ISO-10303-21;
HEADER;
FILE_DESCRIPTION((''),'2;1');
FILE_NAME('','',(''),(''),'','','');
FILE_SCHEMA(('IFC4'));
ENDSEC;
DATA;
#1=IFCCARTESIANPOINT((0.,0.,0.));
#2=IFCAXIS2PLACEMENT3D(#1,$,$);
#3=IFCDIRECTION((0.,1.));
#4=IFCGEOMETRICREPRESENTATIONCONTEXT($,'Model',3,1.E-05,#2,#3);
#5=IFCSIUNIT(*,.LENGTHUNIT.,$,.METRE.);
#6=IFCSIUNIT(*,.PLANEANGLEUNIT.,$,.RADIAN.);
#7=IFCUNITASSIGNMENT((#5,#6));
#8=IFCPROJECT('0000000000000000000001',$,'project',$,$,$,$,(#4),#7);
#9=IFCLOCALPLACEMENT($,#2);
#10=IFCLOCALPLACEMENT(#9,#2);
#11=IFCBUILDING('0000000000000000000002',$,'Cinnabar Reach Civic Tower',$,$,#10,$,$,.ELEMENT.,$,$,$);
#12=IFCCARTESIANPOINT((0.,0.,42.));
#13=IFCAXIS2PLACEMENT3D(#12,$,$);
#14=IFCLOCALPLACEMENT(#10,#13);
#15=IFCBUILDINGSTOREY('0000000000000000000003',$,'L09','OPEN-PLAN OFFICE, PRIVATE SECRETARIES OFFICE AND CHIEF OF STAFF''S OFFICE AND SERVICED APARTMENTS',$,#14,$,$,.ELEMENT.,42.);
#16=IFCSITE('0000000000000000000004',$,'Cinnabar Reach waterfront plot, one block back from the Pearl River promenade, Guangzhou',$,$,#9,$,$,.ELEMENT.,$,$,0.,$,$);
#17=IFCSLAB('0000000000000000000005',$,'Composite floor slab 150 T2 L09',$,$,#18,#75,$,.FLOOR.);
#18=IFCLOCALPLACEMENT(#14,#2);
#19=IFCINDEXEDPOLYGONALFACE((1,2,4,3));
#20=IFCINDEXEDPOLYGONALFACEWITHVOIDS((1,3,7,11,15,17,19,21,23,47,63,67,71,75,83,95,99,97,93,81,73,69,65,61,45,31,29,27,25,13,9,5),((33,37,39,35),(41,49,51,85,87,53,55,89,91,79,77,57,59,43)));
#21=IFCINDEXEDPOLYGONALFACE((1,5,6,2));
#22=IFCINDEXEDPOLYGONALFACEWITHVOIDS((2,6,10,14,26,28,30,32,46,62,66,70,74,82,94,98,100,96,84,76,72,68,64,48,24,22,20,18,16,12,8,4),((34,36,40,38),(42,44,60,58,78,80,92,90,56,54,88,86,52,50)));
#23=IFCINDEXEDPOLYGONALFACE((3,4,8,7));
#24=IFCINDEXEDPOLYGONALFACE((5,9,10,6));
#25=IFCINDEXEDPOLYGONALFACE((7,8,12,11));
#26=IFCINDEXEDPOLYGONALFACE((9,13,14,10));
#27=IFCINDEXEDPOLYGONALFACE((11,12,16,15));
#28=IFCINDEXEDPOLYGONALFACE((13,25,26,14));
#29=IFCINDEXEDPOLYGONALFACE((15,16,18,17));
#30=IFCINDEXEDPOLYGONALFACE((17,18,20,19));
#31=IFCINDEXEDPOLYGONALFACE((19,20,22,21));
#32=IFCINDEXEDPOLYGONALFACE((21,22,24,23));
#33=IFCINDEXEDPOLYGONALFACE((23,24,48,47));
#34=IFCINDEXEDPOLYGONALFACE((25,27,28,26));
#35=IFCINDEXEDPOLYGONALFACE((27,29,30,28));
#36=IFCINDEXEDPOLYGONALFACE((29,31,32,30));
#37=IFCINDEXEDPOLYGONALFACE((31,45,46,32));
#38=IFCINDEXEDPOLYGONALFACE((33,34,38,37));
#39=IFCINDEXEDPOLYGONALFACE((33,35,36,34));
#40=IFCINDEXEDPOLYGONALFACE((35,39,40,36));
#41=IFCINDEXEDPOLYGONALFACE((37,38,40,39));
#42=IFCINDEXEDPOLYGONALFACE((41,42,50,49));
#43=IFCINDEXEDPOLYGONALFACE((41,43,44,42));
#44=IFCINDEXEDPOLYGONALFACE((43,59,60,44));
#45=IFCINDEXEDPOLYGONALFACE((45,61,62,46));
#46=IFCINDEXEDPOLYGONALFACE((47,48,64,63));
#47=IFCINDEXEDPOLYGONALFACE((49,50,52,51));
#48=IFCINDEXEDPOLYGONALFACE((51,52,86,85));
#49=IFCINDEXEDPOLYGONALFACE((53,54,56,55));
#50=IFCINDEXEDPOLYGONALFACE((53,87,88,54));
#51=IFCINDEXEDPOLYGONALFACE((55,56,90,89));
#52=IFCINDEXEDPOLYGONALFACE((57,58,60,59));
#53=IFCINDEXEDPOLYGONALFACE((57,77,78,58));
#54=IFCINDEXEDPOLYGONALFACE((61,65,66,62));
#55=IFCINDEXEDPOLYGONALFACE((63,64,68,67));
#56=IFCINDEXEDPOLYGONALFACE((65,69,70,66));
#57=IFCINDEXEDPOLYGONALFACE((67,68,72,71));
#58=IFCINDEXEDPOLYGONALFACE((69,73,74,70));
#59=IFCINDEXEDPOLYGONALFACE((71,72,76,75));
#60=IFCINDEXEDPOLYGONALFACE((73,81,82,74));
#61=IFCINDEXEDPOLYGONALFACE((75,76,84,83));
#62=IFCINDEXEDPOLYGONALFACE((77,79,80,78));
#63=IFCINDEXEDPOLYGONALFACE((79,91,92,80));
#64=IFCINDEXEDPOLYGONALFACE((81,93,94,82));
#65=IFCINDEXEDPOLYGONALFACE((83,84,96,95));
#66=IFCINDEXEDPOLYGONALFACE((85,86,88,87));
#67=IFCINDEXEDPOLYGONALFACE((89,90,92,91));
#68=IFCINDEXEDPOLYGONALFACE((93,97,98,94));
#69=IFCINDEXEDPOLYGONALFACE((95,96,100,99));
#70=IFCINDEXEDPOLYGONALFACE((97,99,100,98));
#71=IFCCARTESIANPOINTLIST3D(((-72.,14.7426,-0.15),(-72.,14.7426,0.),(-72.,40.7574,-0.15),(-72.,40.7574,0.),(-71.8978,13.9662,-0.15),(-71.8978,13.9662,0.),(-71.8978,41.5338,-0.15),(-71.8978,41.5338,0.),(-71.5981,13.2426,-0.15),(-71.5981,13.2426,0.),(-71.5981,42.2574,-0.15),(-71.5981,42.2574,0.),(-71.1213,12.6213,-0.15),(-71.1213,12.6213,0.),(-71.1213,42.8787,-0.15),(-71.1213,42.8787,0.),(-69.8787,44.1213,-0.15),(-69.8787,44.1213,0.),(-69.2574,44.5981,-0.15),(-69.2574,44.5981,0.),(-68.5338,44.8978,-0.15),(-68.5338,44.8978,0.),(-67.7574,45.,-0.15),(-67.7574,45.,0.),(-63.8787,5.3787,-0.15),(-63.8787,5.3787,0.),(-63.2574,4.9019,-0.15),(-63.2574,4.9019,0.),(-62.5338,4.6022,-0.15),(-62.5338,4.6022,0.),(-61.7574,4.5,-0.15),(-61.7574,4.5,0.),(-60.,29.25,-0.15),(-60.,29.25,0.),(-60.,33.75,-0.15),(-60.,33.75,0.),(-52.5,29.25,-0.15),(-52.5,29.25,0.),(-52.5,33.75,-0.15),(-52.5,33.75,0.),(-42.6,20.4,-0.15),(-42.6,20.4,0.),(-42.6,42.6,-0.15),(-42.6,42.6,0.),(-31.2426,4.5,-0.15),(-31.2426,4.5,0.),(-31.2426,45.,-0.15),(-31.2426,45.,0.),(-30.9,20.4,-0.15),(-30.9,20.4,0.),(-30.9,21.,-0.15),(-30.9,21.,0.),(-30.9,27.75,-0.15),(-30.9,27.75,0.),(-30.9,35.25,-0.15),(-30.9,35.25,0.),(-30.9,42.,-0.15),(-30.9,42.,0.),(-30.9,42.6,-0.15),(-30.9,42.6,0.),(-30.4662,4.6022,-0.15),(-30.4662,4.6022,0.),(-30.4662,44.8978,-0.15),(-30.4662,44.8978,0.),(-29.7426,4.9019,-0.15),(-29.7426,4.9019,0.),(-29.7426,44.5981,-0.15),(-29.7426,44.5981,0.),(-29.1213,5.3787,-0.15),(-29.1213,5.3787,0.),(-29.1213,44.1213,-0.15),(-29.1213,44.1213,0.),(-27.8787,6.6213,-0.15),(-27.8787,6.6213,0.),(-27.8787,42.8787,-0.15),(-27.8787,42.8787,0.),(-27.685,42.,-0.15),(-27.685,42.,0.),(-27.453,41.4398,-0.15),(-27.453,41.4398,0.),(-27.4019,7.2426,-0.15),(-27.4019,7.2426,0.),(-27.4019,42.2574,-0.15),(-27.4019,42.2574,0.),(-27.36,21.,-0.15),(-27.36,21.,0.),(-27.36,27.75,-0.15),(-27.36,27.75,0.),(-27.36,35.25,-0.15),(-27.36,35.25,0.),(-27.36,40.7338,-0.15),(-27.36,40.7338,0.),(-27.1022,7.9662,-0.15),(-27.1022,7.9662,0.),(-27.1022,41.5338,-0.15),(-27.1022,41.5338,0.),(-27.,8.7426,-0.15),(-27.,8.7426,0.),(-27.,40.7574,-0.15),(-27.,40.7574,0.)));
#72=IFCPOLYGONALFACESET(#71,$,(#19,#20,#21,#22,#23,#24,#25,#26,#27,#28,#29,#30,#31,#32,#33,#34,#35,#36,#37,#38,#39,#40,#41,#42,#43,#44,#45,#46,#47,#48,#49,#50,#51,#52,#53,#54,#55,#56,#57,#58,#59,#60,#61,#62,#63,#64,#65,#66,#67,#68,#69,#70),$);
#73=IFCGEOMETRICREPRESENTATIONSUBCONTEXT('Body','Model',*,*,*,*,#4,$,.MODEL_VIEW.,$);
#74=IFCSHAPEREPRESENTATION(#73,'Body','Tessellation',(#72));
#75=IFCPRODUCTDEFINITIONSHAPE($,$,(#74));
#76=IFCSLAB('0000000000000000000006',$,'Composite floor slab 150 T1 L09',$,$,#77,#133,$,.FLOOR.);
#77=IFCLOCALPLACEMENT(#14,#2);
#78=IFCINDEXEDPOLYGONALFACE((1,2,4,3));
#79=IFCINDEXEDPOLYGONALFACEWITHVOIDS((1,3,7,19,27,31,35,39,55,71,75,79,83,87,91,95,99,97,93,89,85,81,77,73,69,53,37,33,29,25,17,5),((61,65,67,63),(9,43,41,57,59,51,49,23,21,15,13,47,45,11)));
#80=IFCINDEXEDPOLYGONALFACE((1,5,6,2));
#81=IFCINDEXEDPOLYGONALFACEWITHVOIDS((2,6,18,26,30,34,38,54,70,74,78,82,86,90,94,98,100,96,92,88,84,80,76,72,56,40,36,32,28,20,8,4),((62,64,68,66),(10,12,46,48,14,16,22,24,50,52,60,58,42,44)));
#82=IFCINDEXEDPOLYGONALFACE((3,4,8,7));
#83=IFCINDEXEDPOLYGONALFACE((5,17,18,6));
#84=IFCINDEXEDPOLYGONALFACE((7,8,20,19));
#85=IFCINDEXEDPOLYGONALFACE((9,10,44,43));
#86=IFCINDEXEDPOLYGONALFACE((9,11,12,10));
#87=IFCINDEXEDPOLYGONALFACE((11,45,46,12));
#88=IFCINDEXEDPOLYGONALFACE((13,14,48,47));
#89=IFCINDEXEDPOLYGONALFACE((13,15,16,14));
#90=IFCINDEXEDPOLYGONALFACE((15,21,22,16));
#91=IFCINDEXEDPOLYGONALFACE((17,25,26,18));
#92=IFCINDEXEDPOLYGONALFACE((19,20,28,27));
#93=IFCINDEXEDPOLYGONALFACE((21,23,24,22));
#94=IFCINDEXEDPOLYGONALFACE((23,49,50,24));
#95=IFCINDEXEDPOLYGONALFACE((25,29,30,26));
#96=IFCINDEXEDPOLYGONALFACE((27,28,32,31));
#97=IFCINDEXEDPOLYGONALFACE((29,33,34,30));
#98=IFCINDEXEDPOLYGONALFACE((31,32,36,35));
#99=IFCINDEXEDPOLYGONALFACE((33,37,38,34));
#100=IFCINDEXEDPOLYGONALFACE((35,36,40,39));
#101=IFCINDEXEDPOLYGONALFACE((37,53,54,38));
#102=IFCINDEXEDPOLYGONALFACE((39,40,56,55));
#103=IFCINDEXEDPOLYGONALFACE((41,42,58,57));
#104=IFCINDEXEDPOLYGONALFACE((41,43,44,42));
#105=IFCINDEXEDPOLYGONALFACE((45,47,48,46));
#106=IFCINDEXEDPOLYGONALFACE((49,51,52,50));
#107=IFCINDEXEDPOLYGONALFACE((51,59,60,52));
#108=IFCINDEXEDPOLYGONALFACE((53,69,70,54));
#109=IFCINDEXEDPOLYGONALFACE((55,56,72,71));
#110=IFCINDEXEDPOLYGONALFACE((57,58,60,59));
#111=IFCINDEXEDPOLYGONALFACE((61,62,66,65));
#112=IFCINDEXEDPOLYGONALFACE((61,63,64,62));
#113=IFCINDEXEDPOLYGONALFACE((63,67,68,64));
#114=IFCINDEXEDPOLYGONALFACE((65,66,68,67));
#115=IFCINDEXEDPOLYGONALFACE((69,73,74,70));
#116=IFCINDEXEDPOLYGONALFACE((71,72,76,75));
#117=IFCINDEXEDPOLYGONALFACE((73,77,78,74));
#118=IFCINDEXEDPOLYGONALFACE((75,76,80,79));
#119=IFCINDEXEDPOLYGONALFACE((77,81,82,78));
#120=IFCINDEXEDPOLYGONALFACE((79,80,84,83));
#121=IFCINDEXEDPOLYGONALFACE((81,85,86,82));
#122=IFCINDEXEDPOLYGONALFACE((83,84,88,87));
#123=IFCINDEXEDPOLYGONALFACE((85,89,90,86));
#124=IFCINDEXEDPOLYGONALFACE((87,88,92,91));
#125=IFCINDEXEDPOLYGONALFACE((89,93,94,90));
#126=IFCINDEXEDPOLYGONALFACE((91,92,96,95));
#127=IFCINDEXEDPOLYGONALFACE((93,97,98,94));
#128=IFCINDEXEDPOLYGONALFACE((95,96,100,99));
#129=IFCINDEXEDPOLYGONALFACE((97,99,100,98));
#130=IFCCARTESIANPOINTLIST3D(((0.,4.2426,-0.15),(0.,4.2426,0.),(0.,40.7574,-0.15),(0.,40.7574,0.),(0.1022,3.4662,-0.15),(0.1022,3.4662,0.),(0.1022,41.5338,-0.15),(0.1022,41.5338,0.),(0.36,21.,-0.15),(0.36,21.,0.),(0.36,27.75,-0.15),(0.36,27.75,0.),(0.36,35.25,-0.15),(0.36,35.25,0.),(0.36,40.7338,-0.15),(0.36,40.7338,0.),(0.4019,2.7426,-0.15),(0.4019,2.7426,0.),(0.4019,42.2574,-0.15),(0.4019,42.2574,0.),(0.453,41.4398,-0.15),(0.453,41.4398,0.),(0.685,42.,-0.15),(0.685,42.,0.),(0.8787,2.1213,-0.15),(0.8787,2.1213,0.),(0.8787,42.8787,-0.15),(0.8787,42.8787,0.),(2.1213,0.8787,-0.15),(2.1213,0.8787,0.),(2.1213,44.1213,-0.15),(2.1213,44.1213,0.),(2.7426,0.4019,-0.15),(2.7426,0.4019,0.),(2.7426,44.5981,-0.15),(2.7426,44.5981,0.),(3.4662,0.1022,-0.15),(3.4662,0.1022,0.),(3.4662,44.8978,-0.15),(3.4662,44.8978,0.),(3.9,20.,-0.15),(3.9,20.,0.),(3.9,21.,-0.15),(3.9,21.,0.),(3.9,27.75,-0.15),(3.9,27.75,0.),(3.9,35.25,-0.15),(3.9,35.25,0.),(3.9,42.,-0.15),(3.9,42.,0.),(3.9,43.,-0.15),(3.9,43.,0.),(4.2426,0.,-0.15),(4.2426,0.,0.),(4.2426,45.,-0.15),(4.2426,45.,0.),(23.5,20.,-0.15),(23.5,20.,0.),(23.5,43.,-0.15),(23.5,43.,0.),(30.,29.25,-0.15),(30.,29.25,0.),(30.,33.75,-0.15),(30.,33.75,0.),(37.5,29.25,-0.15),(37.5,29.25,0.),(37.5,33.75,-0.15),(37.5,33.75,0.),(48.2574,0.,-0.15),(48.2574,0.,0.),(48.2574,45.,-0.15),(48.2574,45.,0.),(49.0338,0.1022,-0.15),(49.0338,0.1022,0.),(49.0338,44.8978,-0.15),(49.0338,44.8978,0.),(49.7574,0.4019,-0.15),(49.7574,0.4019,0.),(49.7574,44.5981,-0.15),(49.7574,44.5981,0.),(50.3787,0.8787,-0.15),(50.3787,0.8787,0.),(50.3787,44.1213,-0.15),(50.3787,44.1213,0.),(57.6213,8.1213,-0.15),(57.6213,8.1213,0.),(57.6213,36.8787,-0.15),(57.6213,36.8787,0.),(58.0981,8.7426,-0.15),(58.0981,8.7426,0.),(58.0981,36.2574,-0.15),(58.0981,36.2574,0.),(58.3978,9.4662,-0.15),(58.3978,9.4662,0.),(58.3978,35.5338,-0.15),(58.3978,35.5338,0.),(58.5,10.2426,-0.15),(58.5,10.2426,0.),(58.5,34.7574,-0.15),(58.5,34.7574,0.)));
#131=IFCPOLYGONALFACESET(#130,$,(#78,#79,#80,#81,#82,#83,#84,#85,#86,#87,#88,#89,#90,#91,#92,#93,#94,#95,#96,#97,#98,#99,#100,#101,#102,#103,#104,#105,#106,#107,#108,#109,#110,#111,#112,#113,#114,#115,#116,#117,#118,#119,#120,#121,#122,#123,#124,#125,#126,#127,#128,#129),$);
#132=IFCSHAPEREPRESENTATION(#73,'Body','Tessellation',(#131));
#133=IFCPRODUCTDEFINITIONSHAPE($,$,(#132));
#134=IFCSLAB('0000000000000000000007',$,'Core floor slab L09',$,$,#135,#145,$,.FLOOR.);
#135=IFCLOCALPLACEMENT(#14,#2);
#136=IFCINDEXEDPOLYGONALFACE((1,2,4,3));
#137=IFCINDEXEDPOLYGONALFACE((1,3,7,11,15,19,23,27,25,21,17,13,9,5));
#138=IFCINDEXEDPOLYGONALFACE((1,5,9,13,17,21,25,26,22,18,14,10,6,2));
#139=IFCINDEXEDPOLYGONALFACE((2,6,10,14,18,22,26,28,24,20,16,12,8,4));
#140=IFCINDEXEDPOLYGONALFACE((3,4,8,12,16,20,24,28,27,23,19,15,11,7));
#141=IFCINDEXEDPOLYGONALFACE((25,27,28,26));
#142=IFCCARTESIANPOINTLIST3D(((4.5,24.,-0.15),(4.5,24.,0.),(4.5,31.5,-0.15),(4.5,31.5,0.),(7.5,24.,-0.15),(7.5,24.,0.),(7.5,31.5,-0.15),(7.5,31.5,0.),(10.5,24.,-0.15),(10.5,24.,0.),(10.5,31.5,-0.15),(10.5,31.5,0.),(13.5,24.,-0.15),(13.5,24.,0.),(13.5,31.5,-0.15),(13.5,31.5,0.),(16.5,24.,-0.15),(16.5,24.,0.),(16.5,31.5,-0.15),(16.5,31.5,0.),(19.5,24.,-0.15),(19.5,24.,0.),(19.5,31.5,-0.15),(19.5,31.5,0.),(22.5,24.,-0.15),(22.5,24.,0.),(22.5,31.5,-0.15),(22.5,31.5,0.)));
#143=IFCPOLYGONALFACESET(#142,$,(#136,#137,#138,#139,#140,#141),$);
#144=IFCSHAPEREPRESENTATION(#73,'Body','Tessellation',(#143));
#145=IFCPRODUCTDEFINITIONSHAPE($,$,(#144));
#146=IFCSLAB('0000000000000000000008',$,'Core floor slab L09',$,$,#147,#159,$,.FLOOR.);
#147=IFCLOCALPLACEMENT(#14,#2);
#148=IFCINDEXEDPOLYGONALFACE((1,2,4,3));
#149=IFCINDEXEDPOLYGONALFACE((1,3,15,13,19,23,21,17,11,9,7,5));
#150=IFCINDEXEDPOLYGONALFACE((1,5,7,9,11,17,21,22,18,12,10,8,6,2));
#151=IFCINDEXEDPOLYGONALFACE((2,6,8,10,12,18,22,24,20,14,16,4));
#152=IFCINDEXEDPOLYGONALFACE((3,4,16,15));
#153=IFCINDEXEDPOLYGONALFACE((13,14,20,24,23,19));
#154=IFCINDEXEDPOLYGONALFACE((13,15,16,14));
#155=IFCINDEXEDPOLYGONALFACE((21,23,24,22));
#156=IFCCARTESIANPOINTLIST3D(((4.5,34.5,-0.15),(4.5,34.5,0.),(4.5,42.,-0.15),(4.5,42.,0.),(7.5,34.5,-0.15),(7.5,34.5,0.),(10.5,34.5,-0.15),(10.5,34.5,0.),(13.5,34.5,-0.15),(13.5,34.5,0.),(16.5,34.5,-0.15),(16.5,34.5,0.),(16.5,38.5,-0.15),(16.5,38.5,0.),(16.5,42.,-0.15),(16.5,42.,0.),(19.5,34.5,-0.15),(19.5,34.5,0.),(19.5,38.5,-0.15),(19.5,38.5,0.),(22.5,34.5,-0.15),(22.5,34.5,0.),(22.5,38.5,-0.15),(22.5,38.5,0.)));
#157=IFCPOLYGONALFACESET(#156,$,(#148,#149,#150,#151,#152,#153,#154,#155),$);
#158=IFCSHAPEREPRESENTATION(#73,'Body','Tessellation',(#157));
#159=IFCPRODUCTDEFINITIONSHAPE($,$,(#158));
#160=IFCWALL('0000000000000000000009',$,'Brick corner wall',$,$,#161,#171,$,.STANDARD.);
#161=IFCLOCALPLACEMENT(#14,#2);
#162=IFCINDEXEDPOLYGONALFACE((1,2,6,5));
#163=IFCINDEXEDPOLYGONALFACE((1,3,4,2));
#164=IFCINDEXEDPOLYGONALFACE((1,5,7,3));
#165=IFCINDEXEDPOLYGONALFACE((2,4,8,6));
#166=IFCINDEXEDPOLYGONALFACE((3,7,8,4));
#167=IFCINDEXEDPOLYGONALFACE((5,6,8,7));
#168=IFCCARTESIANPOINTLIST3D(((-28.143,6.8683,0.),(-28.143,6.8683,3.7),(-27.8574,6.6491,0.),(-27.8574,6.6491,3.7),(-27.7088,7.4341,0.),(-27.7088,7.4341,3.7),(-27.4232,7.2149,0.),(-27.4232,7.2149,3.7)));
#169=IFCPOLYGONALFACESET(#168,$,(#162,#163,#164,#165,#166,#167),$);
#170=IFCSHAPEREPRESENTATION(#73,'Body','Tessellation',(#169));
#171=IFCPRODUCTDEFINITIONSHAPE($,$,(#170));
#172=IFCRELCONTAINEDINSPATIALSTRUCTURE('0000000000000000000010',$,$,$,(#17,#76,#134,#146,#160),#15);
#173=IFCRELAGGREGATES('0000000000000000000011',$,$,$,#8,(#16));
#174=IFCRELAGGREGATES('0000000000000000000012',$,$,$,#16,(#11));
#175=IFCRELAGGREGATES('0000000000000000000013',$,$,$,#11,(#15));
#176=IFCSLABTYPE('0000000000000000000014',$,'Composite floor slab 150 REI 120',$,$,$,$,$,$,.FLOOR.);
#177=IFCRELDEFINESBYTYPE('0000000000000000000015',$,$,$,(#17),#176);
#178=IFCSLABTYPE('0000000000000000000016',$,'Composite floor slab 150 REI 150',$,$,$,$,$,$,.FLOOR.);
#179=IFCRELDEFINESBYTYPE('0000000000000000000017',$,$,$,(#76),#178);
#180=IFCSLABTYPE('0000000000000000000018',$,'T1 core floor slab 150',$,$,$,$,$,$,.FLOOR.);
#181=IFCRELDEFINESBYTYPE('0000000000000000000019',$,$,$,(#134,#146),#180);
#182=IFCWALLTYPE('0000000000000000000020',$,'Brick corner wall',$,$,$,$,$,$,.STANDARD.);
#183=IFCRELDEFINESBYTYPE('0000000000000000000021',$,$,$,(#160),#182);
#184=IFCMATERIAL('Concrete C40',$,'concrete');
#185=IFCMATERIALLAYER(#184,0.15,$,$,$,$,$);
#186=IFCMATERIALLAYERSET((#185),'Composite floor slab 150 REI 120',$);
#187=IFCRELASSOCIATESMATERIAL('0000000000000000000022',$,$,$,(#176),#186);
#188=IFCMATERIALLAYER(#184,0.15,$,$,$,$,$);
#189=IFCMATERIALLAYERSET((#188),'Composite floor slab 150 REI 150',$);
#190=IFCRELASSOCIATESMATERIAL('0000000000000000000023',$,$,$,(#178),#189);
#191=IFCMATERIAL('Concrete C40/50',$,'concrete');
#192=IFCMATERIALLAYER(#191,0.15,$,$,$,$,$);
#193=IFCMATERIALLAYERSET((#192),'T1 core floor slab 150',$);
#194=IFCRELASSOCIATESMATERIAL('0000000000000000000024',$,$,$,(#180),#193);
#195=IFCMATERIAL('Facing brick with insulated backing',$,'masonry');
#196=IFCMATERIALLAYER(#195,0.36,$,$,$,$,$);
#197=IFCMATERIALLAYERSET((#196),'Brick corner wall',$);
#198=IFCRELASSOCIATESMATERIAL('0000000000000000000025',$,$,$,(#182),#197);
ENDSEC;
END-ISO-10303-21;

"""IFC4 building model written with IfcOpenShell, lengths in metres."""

from ifc_helpers import new_model, si_unit, direction, frame, frame_2d, origin, place, context, subcontext, project, spatial, polyline, rectangle, outline, extrude, material, layer, layer_set, type_object, element, save


model = new_model("IFC4")

# Units and contexts
model_context = context("Model", 3, precision=1e-05, world=origin(), true_north=direction((0.0, 1.0)))
body_context = subcontext(model_context, "Body", "Model", "MODEL_VIEW")
ifc_project = project(units=[si_unit("LENGTHUNIT", "METRE"), si_unit("PLANEANGLEUNIT", "RADIAN")], contexts=[model_context])

# Site, building, storey
site_placement = place(None, origin())
site = spatial("IfcSite", under=ifc_project, at=site_placement, Name="Cinnabar Reach waterfront plot, one block back from the Pearl River promenade, Guangzhou", CompositionType="ELEMENT", RefElevation=0.0)
building_placement = place(site_placement, origin())
building = spatial("IfcBuilding", under=site, at=building_placement, Name="Cinnabar Reach Civic Tower", CompositionType="ELEMENT")
storey_placement = place(building_placement, frame((0.0, 0.0, 42.0)))
storey = spatial("IfcBuildingStorey", under=building, at=storey_placement, Name="L09", Description="OPEN-PLAN OFFICE, PRIVATE SECRETARIES OFFICE AND CHIEF OF STAFF'S OFFICE AND SERVICED APARTMENTS", CompositionType="ELEMENT", Elevation=42.0)

# Shared definitions
ifc_material_1 = material(Name="Concrete C40", Category="concrete")

# Slabs
ifc_layer_1 = layer(ifc_material_1, 0.15)
ifc_layer_set_1 = layer_set([ifc_layer_1], Name="Composite floor slab 150 REI 120")
slab_type_1 = type_object("IfcSlabType", Name="Composite floor slab 150 REI 120", PredefinedType="FLOOR", material=ifc_layer_set_1)
slab_1_placement = place(storey_placement, frame((0.0, 0.0, -0.15)))
element("IfcSlab", 1, at=slab_1_placement, inside=storey, type_object=slab_type_1, Name="Composite floor slab 150 T2 L09", PredefinedType="FLOOR", context=body_context, shape_type="SweptSolid", body=[
    extrude(outline(polyline([(-71.1213, 12.6213), (-71.5981, 13.2426), (-71.8978, 13.9662), (-72.0, 14.7426), (-72.0, 40.7574), (-71.8978, 41.5338), (-71.5981, 42.2574), (-71.1213, 42.8787), (-69.8787, 44.1213), (-69.2574, 44.5981), (-68.5338, 44.8978), (-67.7574, 45.0), (-31.2426, 45.0), (-30.4662, 44.8978), (-29.7426, 44.5981), (-29.1213, 44.1213), (-27.8787, 42.8787), (-27.4019, 42.2574), (-27.1022, 41.5338), (-27.0, 40.7574), (-27.0, 8.7426), (-27.1022, 7.9662), (-27.4019, 7.2426), (-27.8787, 6.6213), (-29.1213, 5.3787), (-29.7426, 4.9019), (-30.4662, 4.6022), (-31.2426, 4.5), (-61.7574, 4.5), (-62.5338, 4.6022), (-63.2574, 4.9019), (-63.8787, 5.3787), (-71.1213, 12.6213)]), holes=[polyline([(-30.9, 27.75), (-30.9, 35.25), (-27.36, 35.25), (-27.36, 40.7338), (-27.453, 41.4398), (-27.685, 42.0), (-30.9, 42.0), (-30.9, 42.6), (-42.6, 42.6), (-42.6, 20.4), (-30.9, 20.4), (-30.9, 21.0), (-27.36, 21.0), (-27.36, 27.75), (-30.9, 27.75)]), polyline([(-60.0, 33.75), (-60.0, 29.25), (-52.5, 29.25), (-52.5, 33.75), (-60.0, 33.75)])]), origin(), (0.0, 0.0, 1.0), 0.15),
])
ifc_layer_2 = layer(ifc_material_1, 0.15)
ifc_layer_set_2 = layer_set([ifc_layer_2], Name="Composite floor slab 150 REI 150")
slab_type_2 = type_object("IfcSlabType", Name="Composite floor slab 150 REI 150", PredefinedType="FLOOR", material=ifc_layer_set_2)
slab_2_placement = place(storey_placement, frame((0.0, 0.0, -0.15)))
element("IfcSlab", 2, at=slab_2_placement, inside=storey, type_object=slab_type_2, Name="Composite floor slab 150 T1 L09", PredefinedType="FLOOR", context=body_context, shape_type="SweptSolid", body=[
    extrude(outline(polyline([(0.8787, 2.1213), (0.4019, 2.7426), (0.1022, 3.4662), (0.0, 4.2426), (0.0, 40.7574), (0.1022, 41.5338), (0.4019, 42.2574), (0.8787, 42.8787), (2.1213, 44.1213), (2.7426, 44.5981), (3.4662, 44.8978), (4.2426, 45.0), (48.2574, 45.0), (49.0338, 44.8978), (49.7574, 44.5981), (50.3787, 44.1213), (57.6213, 36.8787), (58.0981, 36.2574), (58.3978, 35.5338), (58.5, 34.7574), (58.5, 10.2426), (58.3978, 9.4662), (58.0981, 8.7426), (57.6213, 8.1213), (50.3787, 0.8787), (49.7574, 0.4019), (49.0338, 0.1022), (48.2574, 0.0), (4.2426, 0.0), (3.4662, 0.1022), (2.7426, 0.4019), (2.1213, 0.8787), (0.8787, 2.1213)]), holes=[polyline([(0.36, 21.0), (3.9, 21.0), (3.9, 20.0), (23.5, 20.0), (23.5, 43.0), (3.9, 43.0), (3.9, 42.0), (0.685, 42.0), (0.453, 41.4398), (0.36, 40.7338), (0.36, 35.25), (3.9, 35.25), (3.9, 27.75), (0.36, 27.75), (0.36, 21.0)]), polyline([(30.0, 33.75), (30.0, 29.25), (37.5, 29.25), (37.5, 33.75), (30.0, 33.75)])]), origin(), (0.0, 0.0, 1.0), 0.15),
])
ifc_material_2 = material(Name="Concrete C40/50", Category="concrete")
ifc_layer_3 = layer(ifc_material_2, 0.15)
ifc_layer_set_3 = layer_set([ifc_layer_3], Name="T1 core floor slab 150")
slab_type_3 = type_object("IfcSlabType", Name="T1 core floor slab 150", PredefinedType="FLOOR", material=ifc_layer_set_3)
slab_3_placement = place(storey_placement, frame((0.0, 0.0, -0.15)))
element("IfcSlab", 3, at=slab_3_placement, inside=storey, type_object=slab_type_3, Name="Core floor slab L09", PredefinedType="FLOOR", context=body_context, shape_type="SweptSolid", body=[
    extrude(outline(polyline([(22.5, 24.0), (19.5, 24.0), (16.5, 24.0), (13.5, 24.0), (10.5, 24.0), (7.5, 24.0), (4.5, 24.0), (4.5, 31.5), (7.5, 31.5), (10.5, 31.5), (13.5, 31.5), (16.5, 31.5), (19.5, 31.5), (22.5, 31.5), (22.5, 24.0)])), origin(), (0.0, 0.0, 1.0), 0.15),
])
slab_4_placement = place(storey_placement, frame((0.0, 0.0, -0.15)))
element("IfcSlab", 4, at=slab_4_placement, inside=storey, type_object=slab_type_3, Name="Core floor slab L09", PredefinedType="FLOOR", context=body_context, shape_type="SweptSolid", body=[
    extrude(outline(polyline([(22.5, 34.5), (19.5, 34.5), (16.5, 34.5), (13.5, 34.5), (10.5, 34.5), (7.5, 34.5), (4.5, 34.5), (4.5, 42.0), (16.5, 42.0), (16.5, 38.5), (19.5, 38.5), (22.5, 38.5), (22.5, 34.5)])), origin(), (0.0, 0.0, 1.0), 0.15),
])

# Wall
ifc_material_3 = material(Name="Facing brick with insulated backing", Category="masonry")
ifc_layer_4 = layer(ifc_material_3, 0.36)
ifc_layer_set_4 = layer_set([ifc_layer_4], Name="Brick corner wall")
wall_type_1 = type_object("IfcWallType", Name="Brick corner wall", PredefinedType="STANDARD", material=ifc_layer_set_4)
wall_1_placement = place(storey_placement, frame((-28.0002, 6.7587, 0.0), z_axis=(0.0, 0.0, 1.0), x_axis=(0.608802, 0.793322, 0.0)))
element("IfcWall", 5, at=wall_1_placement, inside=storey, type_object=wall_type_1, Name="Brick corner wall", PredefinedType="STANDARD", context=body_context, shape_type="SweptSolid", body=[
    extrude(rectangle(XDim=0.7132, YDim=0.36, at=frame_2d((0.3566, 0.0))), origin(), (0.0, 0.0, 1.0), 3.7),
])

save(model, "model.ifc")
